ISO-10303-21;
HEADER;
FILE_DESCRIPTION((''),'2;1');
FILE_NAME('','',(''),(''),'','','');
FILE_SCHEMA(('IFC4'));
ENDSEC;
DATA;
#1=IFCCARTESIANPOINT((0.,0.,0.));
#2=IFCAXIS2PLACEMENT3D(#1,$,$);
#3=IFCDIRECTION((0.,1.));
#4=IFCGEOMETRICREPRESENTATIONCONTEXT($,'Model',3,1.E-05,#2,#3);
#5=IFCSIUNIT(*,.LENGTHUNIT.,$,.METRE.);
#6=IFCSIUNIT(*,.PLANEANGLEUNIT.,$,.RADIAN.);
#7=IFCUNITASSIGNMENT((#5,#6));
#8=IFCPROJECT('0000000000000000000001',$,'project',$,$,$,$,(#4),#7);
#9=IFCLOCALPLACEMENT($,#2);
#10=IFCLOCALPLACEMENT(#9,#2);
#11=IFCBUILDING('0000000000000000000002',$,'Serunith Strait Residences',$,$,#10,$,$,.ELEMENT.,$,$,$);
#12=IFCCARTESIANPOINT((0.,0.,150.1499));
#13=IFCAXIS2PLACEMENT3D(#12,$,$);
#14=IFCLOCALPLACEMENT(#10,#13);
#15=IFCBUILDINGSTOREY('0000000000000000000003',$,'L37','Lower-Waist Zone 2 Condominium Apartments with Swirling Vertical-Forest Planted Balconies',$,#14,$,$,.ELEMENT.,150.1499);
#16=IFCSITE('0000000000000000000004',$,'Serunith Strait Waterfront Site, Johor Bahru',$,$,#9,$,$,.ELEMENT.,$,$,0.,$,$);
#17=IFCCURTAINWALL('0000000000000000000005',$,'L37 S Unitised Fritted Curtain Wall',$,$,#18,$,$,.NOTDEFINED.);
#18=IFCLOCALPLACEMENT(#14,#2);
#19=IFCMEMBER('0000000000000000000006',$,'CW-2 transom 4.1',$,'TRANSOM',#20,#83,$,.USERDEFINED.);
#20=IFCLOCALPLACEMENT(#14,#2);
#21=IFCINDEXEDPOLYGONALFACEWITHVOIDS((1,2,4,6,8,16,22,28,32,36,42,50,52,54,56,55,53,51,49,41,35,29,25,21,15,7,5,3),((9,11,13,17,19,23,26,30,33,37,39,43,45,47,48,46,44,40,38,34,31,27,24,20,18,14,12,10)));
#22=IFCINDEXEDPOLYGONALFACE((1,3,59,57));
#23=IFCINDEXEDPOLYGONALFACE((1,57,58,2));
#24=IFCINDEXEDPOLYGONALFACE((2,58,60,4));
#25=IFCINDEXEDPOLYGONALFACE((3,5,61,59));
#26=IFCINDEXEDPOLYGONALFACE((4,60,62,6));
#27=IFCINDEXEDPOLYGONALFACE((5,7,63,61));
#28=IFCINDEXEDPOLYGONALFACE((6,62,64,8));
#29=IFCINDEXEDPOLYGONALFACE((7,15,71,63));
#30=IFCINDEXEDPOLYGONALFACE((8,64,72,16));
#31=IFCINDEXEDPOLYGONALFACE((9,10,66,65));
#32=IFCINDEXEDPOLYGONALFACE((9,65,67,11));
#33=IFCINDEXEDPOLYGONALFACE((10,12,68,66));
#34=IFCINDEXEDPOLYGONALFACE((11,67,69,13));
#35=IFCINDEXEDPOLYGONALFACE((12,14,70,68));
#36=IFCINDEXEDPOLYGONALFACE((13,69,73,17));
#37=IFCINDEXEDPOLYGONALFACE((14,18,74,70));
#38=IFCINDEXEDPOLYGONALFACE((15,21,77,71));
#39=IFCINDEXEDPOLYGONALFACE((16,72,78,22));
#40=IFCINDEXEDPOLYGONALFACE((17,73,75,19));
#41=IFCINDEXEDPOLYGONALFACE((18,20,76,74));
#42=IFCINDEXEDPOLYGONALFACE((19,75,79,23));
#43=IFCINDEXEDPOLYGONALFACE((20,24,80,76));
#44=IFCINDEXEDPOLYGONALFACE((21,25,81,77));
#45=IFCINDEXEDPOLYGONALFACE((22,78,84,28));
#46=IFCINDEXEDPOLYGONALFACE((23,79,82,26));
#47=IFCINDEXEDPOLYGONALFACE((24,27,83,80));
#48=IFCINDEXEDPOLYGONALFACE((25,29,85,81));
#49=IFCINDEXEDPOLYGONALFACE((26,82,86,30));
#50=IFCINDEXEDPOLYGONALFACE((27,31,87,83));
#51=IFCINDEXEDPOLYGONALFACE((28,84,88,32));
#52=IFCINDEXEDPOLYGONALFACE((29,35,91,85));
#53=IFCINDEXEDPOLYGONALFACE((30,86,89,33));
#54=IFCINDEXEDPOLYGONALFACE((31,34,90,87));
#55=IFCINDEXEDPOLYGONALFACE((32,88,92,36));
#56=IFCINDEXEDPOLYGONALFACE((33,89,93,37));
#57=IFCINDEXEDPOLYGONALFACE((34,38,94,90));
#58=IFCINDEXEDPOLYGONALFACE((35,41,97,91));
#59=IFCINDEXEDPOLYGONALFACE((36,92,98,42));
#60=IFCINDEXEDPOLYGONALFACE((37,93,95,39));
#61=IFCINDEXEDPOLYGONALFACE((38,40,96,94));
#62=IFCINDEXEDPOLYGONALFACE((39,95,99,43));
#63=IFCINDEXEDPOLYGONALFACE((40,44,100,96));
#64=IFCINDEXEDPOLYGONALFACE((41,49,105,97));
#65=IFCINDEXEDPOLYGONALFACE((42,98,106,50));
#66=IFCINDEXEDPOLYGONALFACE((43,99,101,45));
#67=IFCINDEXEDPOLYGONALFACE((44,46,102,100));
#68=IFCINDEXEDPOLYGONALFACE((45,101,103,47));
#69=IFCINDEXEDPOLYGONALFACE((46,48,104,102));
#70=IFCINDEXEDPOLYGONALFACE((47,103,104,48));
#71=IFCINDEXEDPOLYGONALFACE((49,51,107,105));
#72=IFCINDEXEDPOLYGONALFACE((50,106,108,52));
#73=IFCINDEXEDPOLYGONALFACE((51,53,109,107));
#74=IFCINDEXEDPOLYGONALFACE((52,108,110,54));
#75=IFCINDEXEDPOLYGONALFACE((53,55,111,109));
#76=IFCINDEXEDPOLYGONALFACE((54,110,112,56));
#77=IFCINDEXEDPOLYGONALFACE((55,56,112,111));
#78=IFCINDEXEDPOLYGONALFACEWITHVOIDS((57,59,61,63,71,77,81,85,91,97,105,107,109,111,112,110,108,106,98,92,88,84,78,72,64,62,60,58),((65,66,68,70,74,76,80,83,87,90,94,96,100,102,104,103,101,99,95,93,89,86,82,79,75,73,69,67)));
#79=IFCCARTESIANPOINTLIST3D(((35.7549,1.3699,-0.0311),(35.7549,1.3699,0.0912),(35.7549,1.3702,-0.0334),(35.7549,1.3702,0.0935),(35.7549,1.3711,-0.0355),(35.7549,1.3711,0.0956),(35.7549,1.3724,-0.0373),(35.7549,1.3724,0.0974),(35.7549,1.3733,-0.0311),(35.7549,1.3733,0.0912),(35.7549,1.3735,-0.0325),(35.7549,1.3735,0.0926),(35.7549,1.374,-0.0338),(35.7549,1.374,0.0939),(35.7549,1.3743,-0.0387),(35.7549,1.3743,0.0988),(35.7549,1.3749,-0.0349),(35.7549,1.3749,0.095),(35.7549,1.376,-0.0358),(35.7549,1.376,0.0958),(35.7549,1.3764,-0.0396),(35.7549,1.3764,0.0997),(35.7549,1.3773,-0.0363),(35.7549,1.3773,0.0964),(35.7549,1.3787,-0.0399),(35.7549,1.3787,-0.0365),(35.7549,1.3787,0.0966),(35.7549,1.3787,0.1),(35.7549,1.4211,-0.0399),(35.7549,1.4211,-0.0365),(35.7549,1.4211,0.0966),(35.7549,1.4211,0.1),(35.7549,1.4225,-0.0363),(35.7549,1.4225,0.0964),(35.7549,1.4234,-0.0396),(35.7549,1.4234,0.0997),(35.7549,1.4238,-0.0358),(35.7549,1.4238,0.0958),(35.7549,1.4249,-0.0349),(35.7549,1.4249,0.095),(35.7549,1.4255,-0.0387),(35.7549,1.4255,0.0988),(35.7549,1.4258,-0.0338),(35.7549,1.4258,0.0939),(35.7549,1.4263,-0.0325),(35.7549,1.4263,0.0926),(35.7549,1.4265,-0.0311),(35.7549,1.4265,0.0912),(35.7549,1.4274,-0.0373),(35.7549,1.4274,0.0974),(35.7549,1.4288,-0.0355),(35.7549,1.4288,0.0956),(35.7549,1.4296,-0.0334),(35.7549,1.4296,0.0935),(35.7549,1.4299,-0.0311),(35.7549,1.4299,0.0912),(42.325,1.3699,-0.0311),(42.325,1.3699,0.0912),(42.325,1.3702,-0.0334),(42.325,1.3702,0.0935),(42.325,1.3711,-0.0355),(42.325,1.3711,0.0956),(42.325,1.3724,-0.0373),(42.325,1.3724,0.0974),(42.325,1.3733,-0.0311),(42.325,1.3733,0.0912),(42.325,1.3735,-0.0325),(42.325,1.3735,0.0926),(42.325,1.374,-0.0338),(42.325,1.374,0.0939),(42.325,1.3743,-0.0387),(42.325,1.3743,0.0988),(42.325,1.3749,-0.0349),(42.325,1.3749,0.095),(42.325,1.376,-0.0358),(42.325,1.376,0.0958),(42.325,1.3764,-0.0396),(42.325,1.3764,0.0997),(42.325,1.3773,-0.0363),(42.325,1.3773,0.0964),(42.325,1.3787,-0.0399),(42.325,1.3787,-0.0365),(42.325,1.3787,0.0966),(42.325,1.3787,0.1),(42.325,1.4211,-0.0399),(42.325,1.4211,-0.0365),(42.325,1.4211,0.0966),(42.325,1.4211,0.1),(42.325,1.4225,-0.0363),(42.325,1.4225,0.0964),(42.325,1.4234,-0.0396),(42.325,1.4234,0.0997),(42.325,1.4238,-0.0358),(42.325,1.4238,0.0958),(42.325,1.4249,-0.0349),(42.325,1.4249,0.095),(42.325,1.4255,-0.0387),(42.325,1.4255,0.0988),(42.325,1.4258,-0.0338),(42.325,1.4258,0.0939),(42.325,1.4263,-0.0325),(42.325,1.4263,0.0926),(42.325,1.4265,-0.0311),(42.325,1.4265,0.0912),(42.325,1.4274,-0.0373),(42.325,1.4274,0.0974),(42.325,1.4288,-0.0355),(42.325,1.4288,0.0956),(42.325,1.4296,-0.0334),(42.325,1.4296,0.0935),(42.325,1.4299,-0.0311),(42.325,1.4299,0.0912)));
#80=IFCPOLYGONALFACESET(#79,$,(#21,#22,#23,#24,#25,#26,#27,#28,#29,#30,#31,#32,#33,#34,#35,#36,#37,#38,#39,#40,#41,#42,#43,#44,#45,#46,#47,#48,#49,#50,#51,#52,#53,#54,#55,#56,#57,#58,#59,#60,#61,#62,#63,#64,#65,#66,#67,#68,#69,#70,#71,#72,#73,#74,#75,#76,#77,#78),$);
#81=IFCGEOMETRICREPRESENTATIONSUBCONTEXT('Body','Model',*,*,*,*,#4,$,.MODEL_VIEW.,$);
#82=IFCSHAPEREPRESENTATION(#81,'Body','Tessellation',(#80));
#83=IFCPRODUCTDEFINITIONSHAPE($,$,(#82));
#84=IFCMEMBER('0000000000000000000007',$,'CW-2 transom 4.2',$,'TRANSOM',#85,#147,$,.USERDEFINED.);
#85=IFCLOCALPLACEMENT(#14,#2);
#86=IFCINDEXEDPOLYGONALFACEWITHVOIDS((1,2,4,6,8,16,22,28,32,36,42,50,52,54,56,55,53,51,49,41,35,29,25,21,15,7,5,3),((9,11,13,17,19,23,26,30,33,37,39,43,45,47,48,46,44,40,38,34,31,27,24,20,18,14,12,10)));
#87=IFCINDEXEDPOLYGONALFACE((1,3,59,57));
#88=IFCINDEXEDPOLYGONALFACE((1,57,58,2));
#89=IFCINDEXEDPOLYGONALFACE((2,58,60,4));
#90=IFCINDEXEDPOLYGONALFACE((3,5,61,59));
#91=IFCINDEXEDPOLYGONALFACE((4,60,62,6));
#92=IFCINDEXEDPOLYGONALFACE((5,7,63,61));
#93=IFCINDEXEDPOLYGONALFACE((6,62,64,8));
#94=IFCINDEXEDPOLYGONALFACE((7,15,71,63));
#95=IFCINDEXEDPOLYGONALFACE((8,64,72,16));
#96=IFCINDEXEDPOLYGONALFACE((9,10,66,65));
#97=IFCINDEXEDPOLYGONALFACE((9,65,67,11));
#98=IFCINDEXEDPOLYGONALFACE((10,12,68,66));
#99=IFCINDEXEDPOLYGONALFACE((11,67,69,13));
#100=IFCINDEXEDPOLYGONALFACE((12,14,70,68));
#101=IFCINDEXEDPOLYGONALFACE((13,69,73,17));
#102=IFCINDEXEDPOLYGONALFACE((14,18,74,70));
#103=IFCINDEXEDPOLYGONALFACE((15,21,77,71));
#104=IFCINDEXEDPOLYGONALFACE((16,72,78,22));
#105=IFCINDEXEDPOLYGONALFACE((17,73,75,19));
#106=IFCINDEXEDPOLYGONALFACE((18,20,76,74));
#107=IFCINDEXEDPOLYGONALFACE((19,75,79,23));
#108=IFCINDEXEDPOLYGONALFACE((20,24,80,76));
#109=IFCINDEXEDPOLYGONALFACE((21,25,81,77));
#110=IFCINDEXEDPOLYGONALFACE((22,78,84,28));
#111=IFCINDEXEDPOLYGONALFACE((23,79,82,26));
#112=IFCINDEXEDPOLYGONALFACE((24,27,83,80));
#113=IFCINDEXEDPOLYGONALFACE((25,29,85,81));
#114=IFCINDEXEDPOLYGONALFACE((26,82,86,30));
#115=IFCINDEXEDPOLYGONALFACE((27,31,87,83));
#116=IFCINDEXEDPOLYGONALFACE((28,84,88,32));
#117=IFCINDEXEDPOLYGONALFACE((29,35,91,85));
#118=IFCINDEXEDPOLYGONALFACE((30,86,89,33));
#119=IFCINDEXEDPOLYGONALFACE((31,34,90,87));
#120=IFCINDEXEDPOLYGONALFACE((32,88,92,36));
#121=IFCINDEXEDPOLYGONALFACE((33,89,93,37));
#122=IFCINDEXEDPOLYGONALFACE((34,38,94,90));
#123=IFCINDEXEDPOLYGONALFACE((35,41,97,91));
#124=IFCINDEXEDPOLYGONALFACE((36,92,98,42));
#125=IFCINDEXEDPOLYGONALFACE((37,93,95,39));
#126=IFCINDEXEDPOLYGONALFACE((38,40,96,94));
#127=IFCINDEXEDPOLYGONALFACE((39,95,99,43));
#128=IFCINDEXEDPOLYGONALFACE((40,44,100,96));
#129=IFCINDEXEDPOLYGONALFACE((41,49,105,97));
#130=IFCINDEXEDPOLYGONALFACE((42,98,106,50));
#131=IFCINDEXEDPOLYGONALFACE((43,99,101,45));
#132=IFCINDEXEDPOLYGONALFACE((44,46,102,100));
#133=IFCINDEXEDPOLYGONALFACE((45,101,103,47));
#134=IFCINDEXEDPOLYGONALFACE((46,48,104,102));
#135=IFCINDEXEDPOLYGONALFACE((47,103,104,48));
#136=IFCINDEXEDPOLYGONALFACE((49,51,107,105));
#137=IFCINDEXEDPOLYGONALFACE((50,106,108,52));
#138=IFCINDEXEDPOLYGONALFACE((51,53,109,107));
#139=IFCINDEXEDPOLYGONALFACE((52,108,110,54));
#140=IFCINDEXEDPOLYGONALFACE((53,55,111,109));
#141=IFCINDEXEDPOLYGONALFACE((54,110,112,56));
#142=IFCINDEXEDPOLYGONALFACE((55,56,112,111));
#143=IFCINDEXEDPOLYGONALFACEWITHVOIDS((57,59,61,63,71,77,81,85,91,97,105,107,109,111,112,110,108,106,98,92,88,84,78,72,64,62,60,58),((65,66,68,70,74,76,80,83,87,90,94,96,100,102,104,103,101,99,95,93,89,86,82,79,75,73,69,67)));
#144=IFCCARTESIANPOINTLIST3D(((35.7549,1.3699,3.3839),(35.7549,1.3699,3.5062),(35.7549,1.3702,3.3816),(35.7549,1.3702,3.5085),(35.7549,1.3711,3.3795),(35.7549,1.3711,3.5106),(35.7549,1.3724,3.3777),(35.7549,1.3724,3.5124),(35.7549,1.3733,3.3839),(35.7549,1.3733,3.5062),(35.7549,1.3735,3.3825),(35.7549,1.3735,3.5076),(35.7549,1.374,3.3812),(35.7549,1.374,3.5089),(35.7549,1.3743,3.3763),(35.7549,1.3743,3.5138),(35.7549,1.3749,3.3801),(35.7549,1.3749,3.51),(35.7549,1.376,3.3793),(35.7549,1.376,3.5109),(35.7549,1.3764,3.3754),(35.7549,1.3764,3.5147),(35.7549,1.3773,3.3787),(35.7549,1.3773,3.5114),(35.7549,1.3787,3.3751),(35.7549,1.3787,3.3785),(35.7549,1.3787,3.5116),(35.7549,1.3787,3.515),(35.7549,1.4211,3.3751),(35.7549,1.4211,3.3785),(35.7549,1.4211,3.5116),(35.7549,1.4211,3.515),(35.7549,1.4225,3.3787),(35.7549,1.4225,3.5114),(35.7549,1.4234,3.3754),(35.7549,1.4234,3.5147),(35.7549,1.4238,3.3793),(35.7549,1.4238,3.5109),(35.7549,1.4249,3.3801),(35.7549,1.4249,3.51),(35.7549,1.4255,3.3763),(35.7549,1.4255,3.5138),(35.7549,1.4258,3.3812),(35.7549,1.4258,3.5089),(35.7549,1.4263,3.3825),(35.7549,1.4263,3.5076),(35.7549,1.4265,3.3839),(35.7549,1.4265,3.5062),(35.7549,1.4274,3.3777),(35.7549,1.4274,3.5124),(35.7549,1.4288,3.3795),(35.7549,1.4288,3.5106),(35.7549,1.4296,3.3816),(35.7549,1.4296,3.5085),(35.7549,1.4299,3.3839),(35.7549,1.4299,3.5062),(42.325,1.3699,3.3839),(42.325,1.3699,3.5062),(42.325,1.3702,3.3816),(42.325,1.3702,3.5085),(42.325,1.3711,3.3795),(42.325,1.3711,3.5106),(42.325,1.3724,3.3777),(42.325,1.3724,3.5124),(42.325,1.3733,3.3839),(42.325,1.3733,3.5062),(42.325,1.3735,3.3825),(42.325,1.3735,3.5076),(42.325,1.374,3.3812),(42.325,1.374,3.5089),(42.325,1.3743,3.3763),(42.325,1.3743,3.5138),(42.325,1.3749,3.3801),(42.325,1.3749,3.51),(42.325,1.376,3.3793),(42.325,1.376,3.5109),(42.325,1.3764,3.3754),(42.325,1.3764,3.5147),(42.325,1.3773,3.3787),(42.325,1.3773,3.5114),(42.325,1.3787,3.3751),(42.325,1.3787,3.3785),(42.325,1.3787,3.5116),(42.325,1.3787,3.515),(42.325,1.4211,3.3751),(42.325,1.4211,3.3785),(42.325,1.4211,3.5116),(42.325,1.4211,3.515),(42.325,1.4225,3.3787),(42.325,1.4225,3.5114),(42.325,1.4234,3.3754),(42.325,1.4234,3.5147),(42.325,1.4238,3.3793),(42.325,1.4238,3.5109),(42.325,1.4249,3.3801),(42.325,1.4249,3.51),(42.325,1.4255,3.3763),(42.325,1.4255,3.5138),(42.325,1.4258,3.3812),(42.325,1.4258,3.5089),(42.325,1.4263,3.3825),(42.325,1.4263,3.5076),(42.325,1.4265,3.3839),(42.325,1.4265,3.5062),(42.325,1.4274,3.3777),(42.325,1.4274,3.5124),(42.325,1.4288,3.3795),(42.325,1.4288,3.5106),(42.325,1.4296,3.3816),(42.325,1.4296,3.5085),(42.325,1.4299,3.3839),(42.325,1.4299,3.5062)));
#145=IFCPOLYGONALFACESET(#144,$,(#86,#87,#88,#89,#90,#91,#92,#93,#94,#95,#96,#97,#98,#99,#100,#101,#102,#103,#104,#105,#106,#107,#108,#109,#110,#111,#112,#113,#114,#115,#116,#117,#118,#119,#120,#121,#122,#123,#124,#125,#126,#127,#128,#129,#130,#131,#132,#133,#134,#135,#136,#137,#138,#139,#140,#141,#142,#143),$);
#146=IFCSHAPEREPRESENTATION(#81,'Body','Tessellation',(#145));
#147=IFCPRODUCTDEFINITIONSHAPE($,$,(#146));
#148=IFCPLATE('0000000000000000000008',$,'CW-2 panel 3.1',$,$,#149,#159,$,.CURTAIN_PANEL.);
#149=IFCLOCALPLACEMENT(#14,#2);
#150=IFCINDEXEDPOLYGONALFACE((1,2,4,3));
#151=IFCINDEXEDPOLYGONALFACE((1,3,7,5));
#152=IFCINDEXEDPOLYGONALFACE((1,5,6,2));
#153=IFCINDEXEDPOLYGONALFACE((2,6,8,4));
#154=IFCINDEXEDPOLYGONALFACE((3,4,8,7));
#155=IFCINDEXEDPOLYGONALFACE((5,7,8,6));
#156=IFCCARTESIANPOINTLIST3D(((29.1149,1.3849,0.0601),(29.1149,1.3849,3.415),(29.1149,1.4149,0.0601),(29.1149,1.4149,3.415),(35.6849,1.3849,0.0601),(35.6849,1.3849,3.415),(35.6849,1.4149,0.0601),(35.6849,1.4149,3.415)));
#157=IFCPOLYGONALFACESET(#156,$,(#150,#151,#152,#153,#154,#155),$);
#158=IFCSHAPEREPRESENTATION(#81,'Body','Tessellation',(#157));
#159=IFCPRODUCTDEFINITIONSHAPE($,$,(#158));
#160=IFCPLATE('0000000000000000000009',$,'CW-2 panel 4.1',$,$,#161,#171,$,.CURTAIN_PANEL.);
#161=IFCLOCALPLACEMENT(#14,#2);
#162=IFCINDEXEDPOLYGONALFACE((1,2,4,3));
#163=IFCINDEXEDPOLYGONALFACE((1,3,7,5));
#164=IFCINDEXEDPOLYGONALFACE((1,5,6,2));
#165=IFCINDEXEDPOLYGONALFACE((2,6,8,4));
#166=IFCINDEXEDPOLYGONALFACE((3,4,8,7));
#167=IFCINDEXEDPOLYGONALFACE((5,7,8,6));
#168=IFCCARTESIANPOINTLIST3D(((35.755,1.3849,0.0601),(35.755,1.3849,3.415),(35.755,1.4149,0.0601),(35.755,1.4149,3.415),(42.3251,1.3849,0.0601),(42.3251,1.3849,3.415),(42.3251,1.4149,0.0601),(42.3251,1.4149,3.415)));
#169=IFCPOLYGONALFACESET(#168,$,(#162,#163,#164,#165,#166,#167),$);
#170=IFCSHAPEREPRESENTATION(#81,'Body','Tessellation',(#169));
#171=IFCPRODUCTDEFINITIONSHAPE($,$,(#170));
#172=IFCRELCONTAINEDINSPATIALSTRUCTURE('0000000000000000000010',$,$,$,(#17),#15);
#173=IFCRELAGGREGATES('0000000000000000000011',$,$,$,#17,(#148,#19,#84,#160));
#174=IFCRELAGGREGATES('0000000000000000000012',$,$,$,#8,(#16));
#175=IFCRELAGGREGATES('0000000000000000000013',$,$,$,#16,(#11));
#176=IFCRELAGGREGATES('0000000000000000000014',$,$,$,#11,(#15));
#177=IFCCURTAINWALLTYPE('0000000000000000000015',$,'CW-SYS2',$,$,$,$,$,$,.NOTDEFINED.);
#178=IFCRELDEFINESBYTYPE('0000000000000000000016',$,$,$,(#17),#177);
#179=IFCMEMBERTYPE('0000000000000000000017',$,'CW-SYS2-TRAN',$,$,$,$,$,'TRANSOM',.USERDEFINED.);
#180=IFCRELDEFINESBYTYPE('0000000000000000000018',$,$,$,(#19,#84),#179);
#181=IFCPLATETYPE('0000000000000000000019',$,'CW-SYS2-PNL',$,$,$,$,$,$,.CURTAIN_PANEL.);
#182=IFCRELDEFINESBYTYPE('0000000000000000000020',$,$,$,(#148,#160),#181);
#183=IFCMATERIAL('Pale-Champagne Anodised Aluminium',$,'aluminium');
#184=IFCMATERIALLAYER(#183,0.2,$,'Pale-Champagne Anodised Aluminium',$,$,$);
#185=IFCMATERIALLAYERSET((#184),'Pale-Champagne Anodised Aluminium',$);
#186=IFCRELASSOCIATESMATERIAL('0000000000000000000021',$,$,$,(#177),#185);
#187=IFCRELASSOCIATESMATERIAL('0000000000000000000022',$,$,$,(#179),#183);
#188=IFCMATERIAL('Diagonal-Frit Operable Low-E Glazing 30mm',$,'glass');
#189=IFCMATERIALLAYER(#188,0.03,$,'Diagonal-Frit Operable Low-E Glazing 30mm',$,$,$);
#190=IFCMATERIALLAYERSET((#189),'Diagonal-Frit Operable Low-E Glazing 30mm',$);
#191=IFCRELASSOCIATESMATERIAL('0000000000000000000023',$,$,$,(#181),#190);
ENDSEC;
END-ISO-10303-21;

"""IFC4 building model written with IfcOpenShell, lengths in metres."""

from ifc_helpers import new_model, si_unit, direction, frame, origin, origin_2d, place, context, subcontext, project, spatial, rectangle, hollow_rectangle, extrude, source, transform, mapped, material, layer, layer_set, material_profile, profile_set, type_object, element, aggregate, save


model = new_model("IFC4")

# Units and contexts
model_context = context("Model", 3, precision=1e-05, world=origin(), true_north=direction((0.0, 1.0)))
body_context = subcontext(model_context, "Body", "Model", "MODEL_VIEW")
ifc_project = project(units=[si_unit("LENGTHUNIT", "METRE"), si_unit("PLANEANGLEUNIT", "RADIAN")], contexts=[model_context])

# Site, building, storey
site_placement = place(None, origin())
site = spatial("IfcSite", under=ifc_project, at=site_placement, Name="Serunith Strait Waterfront Site, Johor Bahru", CompositionType="ELEMENT", RefElevation=0.0)
building_placement = place(site_placement, origin())
building = spatial("IfcBuilding", under=site, at=building_placement, Name="Serunith Strait Residences", CompositionType="ELEMENT")
storey_placement = place(building_placement, frame((0.0, 0.0, 150.1499)))
storey = spatial("IfcBuildingStorey", under=building, at=storey_placement, Name="L37", Description="Lower-Waist Zone 2 Condominium Apartments with Swirling Vertical-Forest Planted Balconies", CompositionType="ELEMENT", Elevation=150.1499)

# Curtain wall, members, plates
ifc_material_1 = material(Name="Pale-Champagne Anodised Aluminium", Category="aluminium")
ifc_layer_1 = layer(ifc_material_1, 0.2, Name="Pale-Champagne Anodised Aluminium")
ifc_layer_set_1 = layer_set([ifc_layer_1], Name="Pale-Champagne Anodised Aluminium")
curtain_wall_type = type_object("IfcCurtainWallType", Name="CW-SYS2", PredefinedType="NOTDEFINED", material=ifc_layer_set_1)
curtain_wall_placement = place(storey_placement, origin())
curtain_wall = element("IfcCurtainWall", 1, at=curtain_wall_placement, inside=storey, type_object=curtain_wall_type, Name="L37 S Unitised Fritted Curtain Wall", PredefinedType="NOTDEFINED")
ifc_material_profile_1 = material_profile(ifc_material_1, hollow_rectangle(XDim=0.0601, YDim=0.1399, WallThickness=0.0034, InnerFilletRadius=0.0054, OuterFilletRadius=0.0088, at=origin_2d()), Name="ALU 140x60x3.5")
ifc_profile_set_1 = profile_set([ifc_material_profile_1], Name="Pale-Champagne Anodised Aluminium")
member_type_1 = type_object("IfcMemberType", Name="CW-SYS2-TRAN", ElementType="TRANSOM", PredefinedType="USERDEFINED", material=ifc_profile_set_1)
shared_shape_1 = source(origin(), body_context, "Body", "SweptSolid", [
    extrude(hollow_rectangle(XDim=0.0601, YDim=0.1399, WallThickness=0.0034, InnerFilletRadius=0.0054, OuterFilletRadius=0.0088, at=origin_2d()), origin(), (0.0, 0.0, 1.0), 6.5701),
])
member_1_placement = place(storey_placement, frame((35.7549, 1.3999, 0.03), z_axis=(1.0, 0.0, 0.0), x_axis=(0.0, 1.0, 0.0)))
member_1 = element("IfcMember", 2, at=member_1_placement, type_object=member_type_1, Name="CW-2 transom 4.1", ObjectType="TRANSOM", PredefinedType="USERDEFINED", context=body_context, shape_type="MappedRepresentation", body=[
    mapped(shared_shape_1, transform((0.0, 0.0, 0.0), scale=1.0)),
])
member_2_placement = place(storey_placement, frame((35.7549, 1.3999, 3.4451), z_axis=(1.0, 0.0, 0.0), x_axis=(0.0, 1.0, 0.0)))
member_2 = element("IfcMember", 3, at=member_2_placement, type_object=member_type_1, Name="CW-2 transom 4.2", ObjectType="TRANSOM", PredefinedType="USERDEFINED", context=body_context, shape_type="MappedRepresentation", body=[
    mapped(shared_shape_1, transform((0.0, 0.0, 0.0), scale=1.0)),
])
ifc_material_2 = material(Name="Diagonal-Frit Operable Low-E Glazing 30mm", Category="glass")
ifc_layer_2 = layer(ifc_material_2, 0.03, Name="Diagonal-Frit Operable Low-E Glazing 30mm")
ifc_layer_set_2 = layer_set([ifc_layer_2], Name="Diagonal-Frit Operable Low-E Glazing 30mm")
plate_type = type_object("IfcPlateType", Name="CW-SYS2-PNL", PredefinedType="CURTAIN_PANEL", material=ifc_layer_set_2)
shared_shape_2 = source(origin(), body_context, "Body", "SweptSolid", [
    extrude(rectangle(XDim=6.5701, YDim=0.03, at=origin_2d()), origin(), (0.0, 0.0, 1.0), 3.355),
])
plate_1_placement = place(storey_placement, frame((32.3999, 1.3999, 0.0601), z_axis=(0.0, 0.0, 1.0), x_axis=(1.0, 0.0, 0.0)))
plate_1 = element("IfcPlate", 4, at=plate_1_placement, type_object=plate_type, Name="CW-2 panel 3.1", PredefinedType="CURTAIN_PANEL", context=body_context, shape_type="MappedRepresentation", body=[
    mapped(shared_shape_2, transform((0.0, 0.0, 0.0), scale=1.0)),
])
plate_2_placement = place(storey_placement, frame((39.04, 1.3999, 0.0601), z_axis=(0.0, 0.0, 1.0), x_axis=(1.0, 0.0, 0.0)))
plate_2 = element("IfcPlate", 5, at=plate_2_placement, type_object=plate_type, Name="CW-2 panel 4.1", PredefinedType="CURTAIN_PANEL", context=body_context, shape_type="MappedRepresentation", body=[
    mapped(shared_shape_2, transform((0.0, 0.0, 0.0), scale=1.0)),
])
aggregate(curtain_wall, [plate_1, member_1, member_2, plate_2])

save(model, "model.ifc")
